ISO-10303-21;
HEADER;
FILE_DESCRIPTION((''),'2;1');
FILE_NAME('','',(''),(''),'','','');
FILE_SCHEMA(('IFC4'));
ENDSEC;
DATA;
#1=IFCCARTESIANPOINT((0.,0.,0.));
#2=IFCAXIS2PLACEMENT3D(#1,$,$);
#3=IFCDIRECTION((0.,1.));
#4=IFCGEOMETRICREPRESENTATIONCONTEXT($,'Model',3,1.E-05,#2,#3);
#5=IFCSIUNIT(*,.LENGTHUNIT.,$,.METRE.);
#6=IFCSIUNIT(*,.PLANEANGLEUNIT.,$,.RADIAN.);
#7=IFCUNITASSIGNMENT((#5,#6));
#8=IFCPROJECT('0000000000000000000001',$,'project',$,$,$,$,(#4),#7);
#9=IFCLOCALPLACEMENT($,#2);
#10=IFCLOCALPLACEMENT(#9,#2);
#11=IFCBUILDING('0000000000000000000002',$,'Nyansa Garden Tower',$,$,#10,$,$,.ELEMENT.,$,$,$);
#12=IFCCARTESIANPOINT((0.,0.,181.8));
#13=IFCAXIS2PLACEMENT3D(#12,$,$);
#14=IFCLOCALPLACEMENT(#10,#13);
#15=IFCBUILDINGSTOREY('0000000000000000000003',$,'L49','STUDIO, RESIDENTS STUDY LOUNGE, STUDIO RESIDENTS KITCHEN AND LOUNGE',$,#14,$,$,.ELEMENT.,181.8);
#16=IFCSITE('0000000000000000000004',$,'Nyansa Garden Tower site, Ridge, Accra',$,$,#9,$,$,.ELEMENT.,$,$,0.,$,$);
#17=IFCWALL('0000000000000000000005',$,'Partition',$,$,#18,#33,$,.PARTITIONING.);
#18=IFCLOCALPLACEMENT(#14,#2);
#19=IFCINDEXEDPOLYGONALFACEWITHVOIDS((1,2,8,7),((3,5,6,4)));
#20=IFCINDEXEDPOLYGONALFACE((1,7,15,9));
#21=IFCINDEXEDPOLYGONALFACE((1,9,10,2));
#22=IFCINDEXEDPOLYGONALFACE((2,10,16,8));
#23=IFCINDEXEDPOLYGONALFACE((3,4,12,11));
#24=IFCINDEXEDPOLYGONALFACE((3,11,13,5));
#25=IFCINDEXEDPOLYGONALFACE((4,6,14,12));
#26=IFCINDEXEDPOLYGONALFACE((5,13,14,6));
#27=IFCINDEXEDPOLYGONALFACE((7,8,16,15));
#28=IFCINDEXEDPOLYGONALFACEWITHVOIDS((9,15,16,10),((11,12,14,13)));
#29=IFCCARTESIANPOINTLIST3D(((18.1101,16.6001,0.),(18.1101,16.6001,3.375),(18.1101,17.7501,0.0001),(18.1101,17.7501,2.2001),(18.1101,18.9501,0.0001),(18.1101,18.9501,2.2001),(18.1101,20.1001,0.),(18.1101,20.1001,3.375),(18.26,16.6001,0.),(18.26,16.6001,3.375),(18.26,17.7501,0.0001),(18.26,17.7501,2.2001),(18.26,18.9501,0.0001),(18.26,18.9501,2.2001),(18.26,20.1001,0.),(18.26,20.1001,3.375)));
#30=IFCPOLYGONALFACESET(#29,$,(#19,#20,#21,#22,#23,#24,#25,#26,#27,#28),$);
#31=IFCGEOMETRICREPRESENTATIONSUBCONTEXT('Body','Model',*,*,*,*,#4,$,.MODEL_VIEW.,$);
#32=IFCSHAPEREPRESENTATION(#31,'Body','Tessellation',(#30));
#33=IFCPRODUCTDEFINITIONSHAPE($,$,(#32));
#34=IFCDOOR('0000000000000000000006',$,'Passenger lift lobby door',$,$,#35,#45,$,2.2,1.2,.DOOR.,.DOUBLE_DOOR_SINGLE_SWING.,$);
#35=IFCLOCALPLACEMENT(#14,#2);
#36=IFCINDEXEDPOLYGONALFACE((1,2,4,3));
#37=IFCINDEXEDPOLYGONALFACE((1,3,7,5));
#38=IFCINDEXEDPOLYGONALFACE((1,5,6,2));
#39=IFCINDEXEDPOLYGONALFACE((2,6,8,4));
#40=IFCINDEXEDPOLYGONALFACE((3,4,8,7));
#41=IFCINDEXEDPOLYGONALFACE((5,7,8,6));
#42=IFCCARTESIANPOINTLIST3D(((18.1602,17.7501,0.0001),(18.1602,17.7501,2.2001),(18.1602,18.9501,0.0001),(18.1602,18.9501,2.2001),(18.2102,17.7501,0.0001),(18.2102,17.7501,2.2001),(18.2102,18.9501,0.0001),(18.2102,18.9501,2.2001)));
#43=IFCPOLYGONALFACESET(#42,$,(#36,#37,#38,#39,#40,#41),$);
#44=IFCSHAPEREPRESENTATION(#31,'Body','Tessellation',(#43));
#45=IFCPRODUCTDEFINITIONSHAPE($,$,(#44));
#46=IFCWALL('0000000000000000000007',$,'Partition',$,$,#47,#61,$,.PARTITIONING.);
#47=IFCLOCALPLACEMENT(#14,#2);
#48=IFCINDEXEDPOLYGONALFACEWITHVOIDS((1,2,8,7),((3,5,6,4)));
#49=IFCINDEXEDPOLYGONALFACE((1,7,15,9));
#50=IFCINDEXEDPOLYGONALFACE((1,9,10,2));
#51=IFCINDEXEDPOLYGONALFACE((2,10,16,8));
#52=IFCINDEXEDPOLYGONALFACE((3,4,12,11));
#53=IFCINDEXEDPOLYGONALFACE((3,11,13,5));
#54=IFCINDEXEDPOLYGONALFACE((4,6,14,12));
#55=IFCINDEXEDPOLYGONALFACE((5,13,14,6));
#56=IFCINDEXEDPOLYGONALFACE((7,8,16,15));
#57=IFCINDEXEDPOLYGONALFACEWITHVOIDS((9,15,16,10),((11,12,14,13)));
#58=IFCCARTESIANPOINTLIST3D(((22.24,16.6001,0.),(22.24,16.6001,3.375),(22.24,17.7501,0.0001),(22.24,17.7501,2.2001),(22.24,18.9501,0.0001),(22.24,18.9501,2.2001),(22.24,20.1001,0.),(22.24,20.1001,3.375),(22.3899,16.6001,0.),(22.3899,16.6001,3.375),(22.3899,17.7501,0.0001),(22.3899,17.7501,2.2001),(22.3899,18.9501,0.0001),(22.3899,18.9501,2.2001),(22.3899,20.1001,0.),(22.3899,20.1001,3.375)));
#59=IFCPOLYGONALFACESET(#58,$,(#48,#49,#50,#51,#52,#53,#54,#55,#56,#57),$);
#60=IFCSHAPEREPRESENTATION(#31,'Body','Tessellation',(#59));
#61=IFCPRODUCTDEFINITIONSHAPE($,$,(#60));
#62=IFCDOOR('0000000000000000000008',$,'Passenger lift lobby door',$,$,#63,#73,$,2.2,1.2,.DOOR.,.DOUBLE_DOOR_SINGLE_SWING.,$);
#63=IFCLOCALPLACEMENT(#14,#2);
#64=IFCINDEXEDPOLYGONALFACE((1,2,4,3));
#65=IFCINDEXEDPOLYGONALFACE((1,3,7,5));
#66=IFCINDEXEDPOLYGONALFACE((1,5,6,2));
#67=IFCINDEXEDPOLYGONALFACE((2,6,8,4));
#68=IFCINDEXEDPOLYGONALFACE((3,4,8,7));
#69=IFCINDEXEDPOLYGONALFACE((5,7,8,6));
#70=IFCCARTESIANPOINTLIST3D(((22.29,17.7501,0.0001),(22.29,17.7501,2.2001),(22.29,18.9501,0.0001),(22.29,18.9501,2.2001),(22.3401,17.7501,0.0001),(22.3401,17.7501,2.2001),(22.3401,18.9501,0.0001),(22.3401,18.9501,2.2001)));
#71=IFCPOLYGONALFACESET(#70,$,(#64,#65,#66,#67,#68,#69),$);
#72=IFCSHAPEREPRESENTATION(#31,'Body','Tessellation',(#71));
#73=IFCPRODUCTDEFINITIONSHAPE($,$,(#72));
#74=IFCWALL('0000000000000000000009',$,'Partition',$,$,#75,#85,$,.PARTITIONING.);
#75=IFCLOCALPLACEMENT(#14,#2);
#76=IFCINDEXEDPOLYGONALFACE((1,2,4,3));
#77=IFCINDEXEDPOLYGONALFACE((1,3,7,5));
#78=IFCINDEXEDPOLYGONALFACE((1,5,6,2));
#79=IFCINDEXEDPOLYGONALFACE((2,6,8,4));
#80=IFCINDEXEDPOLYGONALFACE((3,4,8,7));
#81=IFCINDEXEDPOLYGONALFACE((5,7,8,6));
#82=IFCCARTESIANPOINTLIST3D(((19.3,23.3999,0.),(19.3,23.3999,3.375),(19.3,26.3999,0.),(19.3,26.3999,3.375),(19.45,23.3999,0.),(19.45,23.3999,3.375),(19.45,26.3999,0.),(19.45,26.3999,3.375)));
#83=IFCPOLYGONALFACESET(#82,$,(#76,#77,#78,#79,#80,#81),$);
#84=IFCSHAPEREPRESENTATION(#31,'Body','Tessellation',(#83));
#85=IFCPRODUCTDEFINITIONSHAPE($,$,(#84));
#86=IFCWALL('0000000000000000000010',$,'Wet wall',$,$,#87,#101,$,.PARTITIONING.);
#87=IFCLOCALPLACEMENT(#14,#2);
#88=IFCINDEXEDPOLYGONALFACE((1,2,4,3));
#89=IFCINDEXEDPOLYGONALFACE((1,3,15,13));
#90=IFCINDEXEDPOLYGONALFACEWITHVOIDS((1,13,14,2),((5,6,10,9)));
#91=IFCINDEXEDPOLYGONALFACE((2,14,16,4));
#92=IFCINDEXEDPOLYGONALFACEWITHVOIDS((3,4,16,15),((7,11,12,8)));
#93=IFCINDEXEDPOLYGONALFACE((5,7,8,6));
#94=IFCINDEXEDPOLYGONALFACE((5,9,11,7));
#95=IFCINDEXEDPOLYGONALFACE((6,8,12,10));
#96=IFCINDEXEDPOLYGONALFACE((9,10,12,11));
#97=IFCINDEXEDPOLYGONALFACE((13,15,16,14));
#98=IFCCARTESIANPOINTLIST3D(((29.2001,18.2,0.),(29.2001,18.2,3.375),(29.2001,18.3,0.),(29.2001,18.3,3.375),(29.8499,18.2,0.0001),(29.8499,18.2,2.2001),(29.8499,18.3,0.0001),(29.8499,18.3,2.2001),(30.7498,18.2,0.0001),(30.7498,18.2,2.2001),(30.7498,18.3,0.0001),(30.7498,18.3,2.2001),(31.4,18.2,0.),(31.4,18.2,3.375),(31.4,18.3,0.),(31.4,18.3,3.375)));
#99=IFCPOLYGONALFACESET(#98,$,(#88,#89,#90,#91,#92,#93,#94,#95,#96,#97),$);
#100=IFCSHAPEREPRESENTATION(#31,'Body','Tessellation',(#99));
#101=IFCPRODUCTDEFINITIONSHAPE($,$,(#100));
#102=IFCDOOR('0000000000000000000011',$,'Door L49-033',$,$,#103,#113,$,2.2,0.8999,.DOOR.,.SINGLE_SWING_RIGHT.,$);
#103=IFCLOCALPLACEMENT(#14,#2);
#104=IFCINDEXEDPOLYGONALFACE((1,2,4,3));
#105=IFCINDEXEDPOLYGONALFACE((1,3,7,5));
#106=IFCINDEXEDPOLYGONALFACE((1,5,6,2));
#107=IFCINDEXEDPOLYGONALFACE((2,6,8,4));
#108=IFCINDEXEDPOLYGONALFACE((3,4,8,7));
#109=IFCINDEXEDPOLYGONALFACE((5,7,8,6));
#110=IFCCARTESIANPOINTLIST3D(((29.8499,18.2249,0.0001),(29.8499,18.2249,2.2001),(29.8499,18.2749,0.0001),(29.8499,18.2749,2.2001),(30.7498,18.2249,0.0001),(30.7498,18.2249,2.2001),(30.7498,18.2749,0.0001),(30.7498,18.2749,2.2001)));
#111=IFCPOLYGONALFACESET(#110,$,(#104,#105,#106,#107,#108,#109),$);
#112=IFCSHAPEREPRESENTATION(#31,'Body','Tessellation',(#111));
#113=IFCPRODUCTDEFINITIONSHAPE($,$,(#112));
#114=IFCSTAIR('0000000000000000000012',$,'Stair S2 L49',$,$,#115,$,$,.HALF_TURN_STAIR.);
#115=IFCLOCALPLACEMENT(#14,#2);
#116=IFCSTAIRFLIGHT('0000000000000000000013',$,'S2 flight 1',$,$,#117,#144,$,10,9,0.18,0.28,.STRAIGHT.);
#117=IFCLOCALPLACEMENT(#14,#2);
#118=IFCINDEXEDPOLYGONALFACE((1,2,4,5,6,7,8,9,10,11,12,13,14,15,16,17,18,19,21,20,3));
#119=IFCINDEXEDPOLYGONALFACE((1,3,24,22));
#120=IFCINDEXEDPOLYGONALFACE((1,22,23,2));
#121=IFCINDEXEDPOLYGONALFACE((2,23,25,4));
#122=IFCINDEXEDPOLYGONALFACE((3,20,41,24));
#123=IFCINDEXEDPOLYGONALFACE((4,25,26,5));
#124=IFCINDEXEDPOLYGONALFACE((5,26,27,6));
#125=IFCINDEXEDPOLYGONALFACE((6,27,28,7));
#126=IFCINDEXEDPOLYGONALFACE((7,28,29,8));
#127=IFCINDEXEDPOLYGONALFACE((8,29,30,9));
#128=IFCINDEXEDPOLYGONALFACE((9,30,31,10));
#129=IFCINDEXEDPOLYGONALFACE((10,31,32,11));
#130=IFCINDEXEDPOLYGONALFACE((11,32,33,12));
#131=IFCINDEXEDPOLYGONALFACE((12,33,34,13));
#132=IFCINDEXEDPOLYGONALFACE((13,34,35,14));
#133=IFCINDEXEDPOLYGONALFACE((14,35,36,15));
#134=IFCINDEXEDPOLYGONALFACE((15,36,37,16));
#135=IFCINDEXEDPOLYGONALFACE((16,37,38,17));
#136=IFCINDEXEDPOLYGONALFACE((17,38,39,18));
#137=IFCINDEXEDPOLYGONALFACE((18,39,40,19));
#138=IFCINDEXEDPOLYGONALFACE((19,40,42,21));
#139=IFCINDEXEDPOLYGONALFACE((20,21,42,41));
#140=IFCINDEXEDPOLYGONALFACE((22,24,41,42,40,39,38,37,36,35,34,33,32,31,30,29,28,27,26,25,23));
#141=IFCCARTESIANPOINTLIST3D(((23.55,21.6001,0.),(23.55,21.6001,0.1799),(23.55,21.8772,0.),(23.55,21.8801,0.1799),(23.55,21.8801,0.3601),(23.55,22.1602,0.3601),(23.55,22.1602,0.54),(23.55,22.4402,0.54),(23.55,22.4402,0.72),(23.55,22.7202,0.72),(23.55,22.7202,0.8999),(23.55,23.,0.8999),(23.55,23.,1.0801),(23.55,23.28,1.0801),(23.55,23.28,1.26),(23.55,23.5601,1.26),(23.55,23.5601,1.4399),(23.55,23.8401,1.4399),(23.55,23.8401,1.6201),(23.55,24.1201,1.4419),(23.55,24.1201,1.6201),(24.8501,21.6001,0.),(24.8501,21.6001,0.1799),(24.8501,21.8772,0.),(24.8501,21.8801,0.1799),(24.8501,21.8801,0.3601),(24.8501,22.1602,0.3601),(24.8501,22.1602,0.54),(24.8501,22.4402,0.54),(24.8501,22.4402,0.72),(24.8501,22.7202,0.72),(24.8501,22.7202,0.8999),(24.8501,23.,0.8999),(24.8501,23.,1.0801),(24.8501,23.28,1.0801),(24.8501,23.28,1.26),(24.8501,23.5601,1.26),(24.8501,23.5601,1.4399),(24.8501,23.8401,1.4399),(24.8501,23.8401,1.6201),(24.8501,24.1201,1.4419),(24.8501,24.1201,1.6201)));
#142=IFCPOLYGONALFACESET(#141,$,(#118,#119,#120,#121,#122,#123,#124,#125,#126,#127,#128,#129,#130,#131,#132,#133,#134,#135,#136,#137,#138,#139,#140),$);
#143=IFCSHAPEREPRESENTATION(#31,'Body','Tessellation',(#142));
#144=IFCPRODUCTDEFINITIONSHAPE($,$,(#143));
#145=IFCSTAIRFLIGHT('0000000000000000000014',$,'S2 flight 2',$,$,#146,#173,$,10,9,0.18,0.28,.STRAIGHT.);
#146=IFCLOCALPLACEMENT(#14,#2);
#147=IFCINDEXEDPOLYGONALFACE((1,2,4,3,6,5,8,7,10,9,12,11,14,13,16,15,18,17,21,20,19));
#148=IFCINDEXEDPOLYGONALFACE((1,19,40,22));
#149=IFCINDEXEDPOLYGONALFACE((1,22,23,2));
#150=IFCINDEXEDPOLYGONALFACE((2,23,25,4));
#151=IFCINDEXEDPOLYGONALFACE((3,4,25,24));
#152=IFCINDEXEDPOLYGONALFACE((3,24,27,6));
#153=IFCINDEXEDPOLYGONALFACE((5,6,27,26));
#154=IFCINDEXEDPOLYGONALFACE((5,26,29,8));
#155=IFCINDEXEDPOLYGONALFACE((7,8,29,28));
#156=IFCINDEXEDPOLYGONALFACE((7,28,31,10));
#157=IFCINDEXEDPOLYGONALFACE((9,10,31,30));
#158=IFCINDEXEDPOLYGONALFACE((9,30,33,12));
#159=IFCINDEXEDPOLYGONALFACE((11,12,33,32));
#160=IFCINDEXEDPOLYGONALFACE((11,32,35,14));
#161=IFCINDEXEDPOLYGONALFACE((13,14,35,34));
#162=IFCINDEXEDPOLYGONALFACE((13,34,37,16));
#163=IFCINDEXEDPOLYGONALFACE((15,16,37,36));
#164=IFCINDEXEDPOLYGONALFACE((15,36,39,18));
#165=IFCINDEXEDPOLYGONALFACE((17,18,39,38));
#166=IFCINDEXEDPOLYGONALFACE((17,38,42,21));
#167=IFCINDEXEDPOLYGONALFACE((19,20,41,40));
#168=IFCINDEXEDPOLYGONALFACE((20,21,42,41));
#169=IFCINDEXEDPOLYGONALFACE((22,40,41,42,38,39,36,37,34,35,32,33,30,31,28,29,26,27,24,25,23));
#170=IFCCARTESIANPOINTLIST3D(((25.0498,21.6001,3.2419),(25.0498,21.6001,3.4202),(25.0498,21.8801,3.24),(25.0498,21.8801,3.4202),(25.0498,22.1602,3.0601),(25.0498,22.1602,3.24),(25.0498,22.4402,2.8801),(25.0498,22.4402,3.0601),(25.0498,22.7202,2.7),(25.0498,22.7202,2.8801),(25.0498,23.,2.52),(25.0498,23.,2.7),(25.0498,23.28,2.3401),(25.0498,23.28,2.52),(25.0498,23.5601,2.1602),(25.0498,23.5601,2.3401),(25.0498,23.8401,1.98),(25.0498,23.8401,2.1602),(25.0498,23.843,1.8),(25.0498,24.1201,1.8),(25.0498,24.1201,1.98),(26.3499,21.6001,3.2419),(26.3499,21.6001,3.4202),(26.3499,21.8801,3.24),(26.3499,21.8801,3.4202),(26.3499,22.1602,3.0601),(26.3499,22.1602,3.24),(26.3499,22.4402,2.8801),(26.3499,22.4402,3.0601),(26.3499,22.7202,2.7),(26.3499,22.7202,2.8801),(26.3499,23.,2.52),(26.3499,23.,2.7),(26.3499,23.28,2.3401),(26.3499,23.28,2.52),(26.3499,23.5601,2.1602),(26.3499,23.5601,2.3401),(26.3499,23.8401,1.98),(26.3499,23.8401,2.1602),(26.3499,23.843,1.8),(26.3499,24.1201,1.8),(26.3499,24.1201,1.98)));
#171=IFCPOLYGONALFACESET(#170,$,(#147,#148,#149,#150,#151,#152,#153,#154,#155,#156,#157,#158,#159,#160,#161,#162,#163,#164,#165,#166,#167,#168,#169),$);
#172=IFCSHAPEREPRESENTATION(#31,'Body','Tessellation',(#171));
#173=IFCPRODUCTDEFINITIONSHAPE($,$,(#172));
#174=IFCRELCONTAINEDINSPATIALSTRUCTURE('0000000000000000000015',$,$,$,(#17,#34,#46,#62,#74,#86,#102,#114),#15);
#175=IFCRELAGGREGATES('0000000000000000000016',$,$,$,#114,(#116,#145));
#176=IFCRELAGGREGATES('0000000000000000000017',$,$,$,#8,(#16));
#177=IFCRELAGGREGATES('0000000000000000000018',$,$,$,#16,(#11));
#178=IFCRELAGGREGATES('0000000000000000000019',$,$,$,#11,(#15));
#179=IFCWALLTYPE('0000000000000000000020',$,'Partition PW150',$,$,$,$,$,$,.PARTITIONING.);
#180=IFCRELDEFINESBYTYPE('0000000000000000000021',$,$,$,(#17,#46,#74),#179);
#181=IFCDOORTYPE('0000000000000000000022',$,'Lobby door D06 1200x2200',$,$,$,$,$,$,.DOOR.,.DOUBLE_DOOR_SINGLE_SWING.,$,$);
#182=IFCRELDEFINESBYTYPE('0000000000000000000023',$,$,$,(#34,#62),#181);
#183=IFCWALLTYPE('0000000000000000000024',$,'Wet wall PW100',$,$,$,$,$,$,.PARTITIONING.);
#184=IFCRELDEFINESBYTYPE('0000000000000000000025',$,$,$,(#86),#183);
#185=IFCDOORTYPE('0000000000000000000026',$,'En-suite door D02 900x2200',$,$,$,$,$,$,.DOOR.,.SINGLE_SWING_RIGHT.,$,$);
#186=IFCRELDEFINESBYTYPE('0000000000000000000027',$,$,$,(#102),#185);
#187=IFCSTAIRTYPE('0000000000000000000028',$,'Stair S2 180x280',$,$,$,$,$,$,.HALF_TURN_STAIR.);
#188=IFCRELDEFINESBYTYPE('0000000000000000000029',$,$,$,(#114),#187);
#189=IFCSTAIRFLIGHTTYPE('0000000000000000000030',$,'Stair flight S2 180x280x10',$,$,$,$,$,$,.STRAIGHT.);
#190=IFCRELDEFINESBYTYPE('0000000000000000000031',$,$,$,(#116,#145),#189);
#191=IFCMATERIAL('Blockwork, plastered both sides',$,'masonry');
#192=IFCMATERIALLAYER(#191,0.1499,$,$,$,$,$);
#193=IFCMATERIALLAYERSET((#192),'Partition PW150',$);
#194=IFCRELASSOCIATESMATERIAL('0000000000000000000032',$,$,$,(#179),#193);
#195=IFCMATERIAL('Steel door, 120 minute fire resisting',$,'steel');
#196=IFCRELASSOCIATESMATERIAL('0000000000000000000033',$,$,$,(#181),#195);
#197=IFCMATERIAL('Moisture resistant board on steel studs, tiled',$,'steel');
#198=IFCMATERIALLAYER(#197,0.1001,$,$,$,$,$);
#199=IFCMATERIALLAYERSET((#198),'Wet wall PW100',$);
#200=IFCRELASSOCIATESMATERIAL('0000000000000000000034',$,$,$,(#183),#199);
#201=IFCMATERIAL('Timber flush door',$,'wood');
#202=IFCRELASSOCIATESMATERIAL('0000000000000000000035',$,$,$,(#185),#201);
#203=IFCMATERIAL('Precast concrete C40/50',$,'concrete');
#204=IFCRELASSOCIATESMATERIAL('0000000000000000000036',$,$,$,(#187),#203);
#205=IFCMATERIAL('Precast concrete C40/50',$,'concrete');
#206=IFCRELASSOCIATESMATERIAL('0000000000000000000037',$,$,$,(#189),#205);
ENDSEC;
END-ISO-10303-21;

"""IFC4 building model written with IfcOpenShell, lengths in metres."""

from ifc_helpers import new_model, si_unit, direction, frame, frame_2d, origin, place, context, subcontext, project, spatial, polyline, rectangle, outline, extrude, material, layer, layer_set, type_object, element, fill, aggregate, save


model = new_model("IFC4")

# Units and contexts
model_context = context("Model", 3, precision=1e-05, world=origin(), true_north=direction((0.0, 1.0)))
body_context = subcontext(model_context, "Body", "Model", "MODEL_VIEW")
ifc_project = project(units=[si_unit("LENGTHUNIT", "METRE"), si_unit("PLANEANGLEUNIT", "RADIAN")], contexts=[model_context])

# Site, building, storey
site_placement = place(None, origin())
site = spatial("IfcSite", under=ifc_project, at=site_placement, Name="Nyansa Garden Tower site, Ridge, Accra", CompositionType="ELEMENT", RefElevation=0.0)
building_placement = place(site_placement, origin())
building = spatial("IfcBuilding", under=site, at=building_placement, Name="Nyansa Garden Tower", CompositionType="ELEMENT")
storey_placement = place(building_placement, frame((0.0, 0.0, 181.8)))
storey = spatial("IfcBuildingStorey", under=building, at=storey_placement, Name="L49", Description="STUDIO, RESIDENTS STUDY LOUNGE, STUDIO RESIDENTS KITCHEN AND LOUNGE", CompositionType="ELEMENT", Elevation=181.8)

# Walls, openings, doors
ifc_material_1 = material(Name="Blockwork, plastered both sides", Category="masonry")
ifc_layer_1 = layer(ifc_material_1, 0.1499)
ifc_layer_set_1 = layer_set([ifc_layer_1], Name="Partition PW150")
wall_type_1 = type_object("IfcWallType", Name="Partition PW150", PredefinedType="PARTITIONING", material=ifc_layer_set_1)
wall_1_placement = place(storey_placement, frame((18.1851, 16.6001, 0.0), z_axis=(0.0, 0.0, 1.0), x_axis=(0.0, 1.0, 0.0)))
wall_1 = element("IfcWall", 1, at=wall_1_placement, inside=storey, type_object=wall_type_1, Name="Partition", PredefinedType="PARTITIONING", context=body_context, shape_type="SweptSolid", body=[
    extrude(rectangle(XDim=3.5, YDim=0.1499, at=frame_2d((1.75, 0.0))), origin(), (0.0, 0.0, 1.0), 3.375),
])
opening_1_placement = place(wall_1_placement, frame((1.1499, 0.0, 0.0)))
opening_1 = element("IfcOpeningElement", 2, at=opening_1_placement, cuts=wall_1, PredefinedType="OPENING", context=body_context, shape_type="SweptSolid", body=[
    extrude(rectangle(XDim=1.2, YDim=2.2, at=frame_2d((0.6001, 1.1001))), frame((0.0, 0.085, 0.0), z_axis=(0.0, -1.0, 0.0), x_axis=(1.0, 0.0, 0.0)), (0.0, 0.0, 1.0), 0.1699),
])
ifc_material_2 = material(Name="Steel door, 120 minute fire resisting", Category="steel")
door_type_1 = type_object("IfcDoorType", Name="Lobby door D06 1200x2200", OperationType="DOUBLE_DOOR_SINGLE_SWING", PredefinedType="DOOR", material=ifc_material_2)
door_1_placement = place(opening_1_placement, origin())
door_1 = element("IfcDoor", 3, at=door_1_placement, inside=storey, type_object=door_type_1, Name="Passenger lift lobby door", OperationType="DOUBLE_DOOR_SINGLE_SWING", OverallHeight=2.2, OverallWidth=1.2, PredefinedType="DOOR", context=body_context, shape_type="SweptSolid", body=[
    extrude(rectangle(XDim=1.2, YDim=2.2, at=frame_2d((0.6001, 1.1001))), frame((0.0, 0.0249, 0.0), z_axis=(0.0, -1.0, 0.0), x_axis=(1.0, 0.0, 0.0)), (0.0, 0.0, 1.0), 0.05),
])
fill(opening_1, door_1)
wall_2_placement = place(storey_placement, frame((22.3149, 16.6001, 0.0), z_axis=(0.0, 0.0, 1.0), x_axis=(0.0, 1.0, 0.0)))
wall_2 = element("IfcWall", 4, at=wall_2_placement, inside=storey, type_object=wall_type_1, Name="Partition", PredefinedType="PARTITIONING", context=body_context, shape_type="SweptSolid", body=[
    extrude(rectangle(XDim=3.5, YDim=0.1499, at=frame_2d((1.75, 0.0))), origin(), (0.0, 0.0, 1.0), 3.375),
])
opening_2_placement = place(wall_2_placement, frame((1.1499, 0.0, 0.0)))
opening_2 = element("IfcOpeningElement", 5, at=opening_2_placement, cuts=wall_2, PredefinedType="OPENING", context=body_context, shape_type="SweptSolid", body=[
    extrude(rectangle(XDim=1.2, YDim=2.2, at=frame_2d((0.6001, 1.1001))), frame((0.0, 0.085, 0.0), z_axis=(0.0, -1.0, 0.0), x_axis=(1.0, 0.0, 0.0)), (0.0, 0.0, 1.0), 0.1699),
])
door_2_placement = place(opening_2_placement, origin())
door_2 = element("IfcDoor", 6, at=door_2_placement, inside=storey, type_object=door_type_1, Name="Passenger lift lobby door", OperationType="DOUBLE_DOOR_SINGLE_SWING", OverallHeight=2.2, OverallWidth=1.2, PredefinedType="DOOR", context=body_context, shape_type="SweptSolid", body=[
    extrude(rectangle(XDim=1.2, YDim=2.2, at=frame_2d((0.6001, 1.1001))), frame((0.0, 0.0249, 0.0), z_axis=(0.0, -1.0, 0.0), x_axis=(1.0, 0.0, 0.0)), (0.0, 0.0, 1.0), 0.05),
])
fill(opening_2, door_2)

# Wall
wall_3_placement = place(storey_placement, frame((19.375, 23.3999, 0.0), z_axis=(0.0, 0.0, 1.0), x_axis=(0.0, 1.0, 0.0)))
element("IfcWall", 7, at=wall_3_placement, inside=storey, type_object=wall_type_1, Name="Partition", PredefinedType="PARTITIONING", context=body_context, shape_type="SweptSolid", body=[
    extrude(rectangle(XDim=3.0, YDim=0.1499, at=frame_2d((1.5, 0.0))), origin(), (0.0, 0.0, 1.0), 3.375),
])

# Wall, opening, door
ifc_material_3 = material(Name="Moisture resistant board on steel studs, tiled", Category="steel")
ifc_layer_2 = layer(ifc_material_3, 0.1001)
ifc_layer_set_2 = layer_set([ifc_layer_2], Name="Wet wall PW100")
wall_type_2 = type_object("IfcWallType", Name="Wet wall PW100", PredefinedType="PARTITIONING", material=ifc_layer_set_2)
wall_4_placement = place(storey_placement, frame((29.2, 18.25, 0.0), z_axis=(0.0, 0.0, 1.0), x_axis=(1.0, 0.0, 0.0)))
wall_4 = element("IfcWall", 8, at=wall_4_placement, inside=storey, type_object=wall_type_2, Name="Wet wall", PredefinedType="PARTITIONING", context=body_context, shape_type="SweptSolid", body=[
    extrude(rectangle(XDim=2.2, YDim=0.1001, at=frame_2d((1.1001, 0.0))), origin(), (0.0, 0.0, 1.0), 3.375),
])
opening_3_placement = place(wall_4_placement, frame((0.6499, 0.0, 0.0)))
opening_3 = element("IfcOpeningElement", 9, at=opening_3_placement, cuts=wall_4, PredefinedType="OPENING", context=body_context, shape_type="SweptSolid", body=[
    extrude(rectangle(XDim=0.8999, YDim=2.2, at=frame_2d((0.45, 1.1001))), frame((0.0, 0.0601, 0.0), z_axis=(0.0, -1.0, 0.0), x_axis=(1.0, 0.0, 0.0)), (0.0, 0.0, 1.0), 0.1201),
])
ifc_material_4 = material(Name="Timber flush door", Category="wood")
door_type_2 = type_object("IfcDoorType", Name="En-suite door D02 900x2200", OperationType="SINGLE_SWING_RIGHT", PredefinedType="DOOR", material=ifc_material_4)
door_3_placement = place(opening_3_placement, origin())
door_3 = element("IfcDoor", 10, at=door_3_placement, inside=storey, type_object=door_type_2, Name="Door L49-033", OperationType="SINGLE_SWING_RIGHT", OverallHeight=2.2, OverallWidth=0.8999, PredefinedType="DOOR", context=body_context, shape_type="SweptSolid", body=[
    extrude(rectangle(XDim=0.8999, YDim=2.2, at=frame_2d((0.45, 1.1001))), frame((0.0, 0.0249, 0.0), z_axis=(0.0, -1.0, 0.0), x_axis=(1.0, 0.0, 0.0)), (0.0, 0.0, 1.0), 0.05),
])
fill(opening_3, door_3)

# Stair, stair flights
ifc_material_5 = material(Name="Precast concrete C40/50", Category="concrete")
stair_type = type_object("IfcStairType", Name="Stair S2 180x280", PredefinedType="HALF_TURN_STAIR", material=ifc_material_5)
stair_placement = place(storey_placement, origin())
stair = element("IfcStair", 11, at=stair_placement, inside=storey, type_object=stair_type, Name="Stair S2 L49", PredefinedType="HALF_TURN_STAIR")
ifc_material_6 = material(Name="Precast concrete C40/50", Category="concrete")
stair_flight_type = type_object("IfcStairFlightType", Name="Stair flight S2 180x280x10", PredefinedType="STRAIGHT", material=ifc_material_6)
stair_flight_1_placement = place(storey_placement, frame((24.2, 21.6001, 0.0), z_axis=(0.0, 0.0, 1.0), x_axis=(0.0, 1.0, 0.0)))
stair_flight_1 = element("IfcStairFlight", 12, at=stair_flight_1_placement, type_object=stair_flight_type, Name="S2 flight 1", NumberOfRisers=10, NumberOfTreads=9, PredefinedType="STRAIGHT", RiserHeight=0.18, TreadLength=0.28, context=body_context, shape_type="SweptSolid", body=[
    extrude(outline(polyline([(0.0, 0.0), (0.0, 0.1799), (0.28, 0.1799), (0.28, 0.3601), (0.5601, 0.3601), (0.5601, 0.54), (0.8401, 0.54), (0.8401, 0.72), (1.1201, 0.72), (1.1201, 0.8999), (1.3999, 0.8999), (1.3999, 1.0801), (1.6799, 1.0801), (1.6799, 1.26), (1.96, 1.26), (1.96, 1.4399), (2.24, 1.4399), (2.24, 1.6201), (2.52, 1.6201), (2.52, 1.8), (2.52, 1.4419), (0.2771, 0.0), (0.0, 0.0)])), frame((0.0, 0.6499, 0.0), z_axis=(0.0, -1.0, 0.0), x_axis=(1.0, 0.0, 0.0)), (0.0, 0.0, 1.0), 1.3),
])
stair_flight_2_placement = place(storey_placement, frame((25.7, 24.1201, 1.8), z_axis=(0.0, 0.0, 1.0), x_axis=(0.0, -1.0, 0.0)))
stair_flight_2 = element("IfcStairFlight", 13, at=stair_flight_2_placement, type_object=stair_flight_type, Name="S2 flight 2", NumberOfRisers=10, NumberOfTreads=9, PredefinedType="STRAIGHT", RiserHeight=0.18, TreadLength=0.28, context=body_context, shape_type="SweptSolid", body=[
    extrude(outline(polyline([(0.0, 0.0), (0.0, 0.1799), (0.28, 0.1799), (0.28, 0.3601), (0.5601, 0.3601), (0.5601, 0.54), (0.8401, 0.54), (0.8401, 0.72), (1.1201, 0.72), (1.1201, 0.8999), (1.3999, 0.8999), (1.3999, 1.0801), (1.6799, 1.0801), (1.6799, 1.26), (1.96, 1.26), (1.96, 1.4399), (2.24, 1.4399), (2.24, 1.6201), (2.52, 1.6201), (2.52, 1.8), (2.52, 1.4419), (0.2771, 0.0), (0.0, 0.0)])), frame((0.0, 0.6499, 0.0), z_axis=(0.0, -1.0, 0.0), x_axis=(1.0, 0.0, 0.0)), (0.0, 0.0, 1.0), 1.3),
])
aggregate(stair, [stair_flight_1, stair_flight_2])

save(model, "model.ifc")
